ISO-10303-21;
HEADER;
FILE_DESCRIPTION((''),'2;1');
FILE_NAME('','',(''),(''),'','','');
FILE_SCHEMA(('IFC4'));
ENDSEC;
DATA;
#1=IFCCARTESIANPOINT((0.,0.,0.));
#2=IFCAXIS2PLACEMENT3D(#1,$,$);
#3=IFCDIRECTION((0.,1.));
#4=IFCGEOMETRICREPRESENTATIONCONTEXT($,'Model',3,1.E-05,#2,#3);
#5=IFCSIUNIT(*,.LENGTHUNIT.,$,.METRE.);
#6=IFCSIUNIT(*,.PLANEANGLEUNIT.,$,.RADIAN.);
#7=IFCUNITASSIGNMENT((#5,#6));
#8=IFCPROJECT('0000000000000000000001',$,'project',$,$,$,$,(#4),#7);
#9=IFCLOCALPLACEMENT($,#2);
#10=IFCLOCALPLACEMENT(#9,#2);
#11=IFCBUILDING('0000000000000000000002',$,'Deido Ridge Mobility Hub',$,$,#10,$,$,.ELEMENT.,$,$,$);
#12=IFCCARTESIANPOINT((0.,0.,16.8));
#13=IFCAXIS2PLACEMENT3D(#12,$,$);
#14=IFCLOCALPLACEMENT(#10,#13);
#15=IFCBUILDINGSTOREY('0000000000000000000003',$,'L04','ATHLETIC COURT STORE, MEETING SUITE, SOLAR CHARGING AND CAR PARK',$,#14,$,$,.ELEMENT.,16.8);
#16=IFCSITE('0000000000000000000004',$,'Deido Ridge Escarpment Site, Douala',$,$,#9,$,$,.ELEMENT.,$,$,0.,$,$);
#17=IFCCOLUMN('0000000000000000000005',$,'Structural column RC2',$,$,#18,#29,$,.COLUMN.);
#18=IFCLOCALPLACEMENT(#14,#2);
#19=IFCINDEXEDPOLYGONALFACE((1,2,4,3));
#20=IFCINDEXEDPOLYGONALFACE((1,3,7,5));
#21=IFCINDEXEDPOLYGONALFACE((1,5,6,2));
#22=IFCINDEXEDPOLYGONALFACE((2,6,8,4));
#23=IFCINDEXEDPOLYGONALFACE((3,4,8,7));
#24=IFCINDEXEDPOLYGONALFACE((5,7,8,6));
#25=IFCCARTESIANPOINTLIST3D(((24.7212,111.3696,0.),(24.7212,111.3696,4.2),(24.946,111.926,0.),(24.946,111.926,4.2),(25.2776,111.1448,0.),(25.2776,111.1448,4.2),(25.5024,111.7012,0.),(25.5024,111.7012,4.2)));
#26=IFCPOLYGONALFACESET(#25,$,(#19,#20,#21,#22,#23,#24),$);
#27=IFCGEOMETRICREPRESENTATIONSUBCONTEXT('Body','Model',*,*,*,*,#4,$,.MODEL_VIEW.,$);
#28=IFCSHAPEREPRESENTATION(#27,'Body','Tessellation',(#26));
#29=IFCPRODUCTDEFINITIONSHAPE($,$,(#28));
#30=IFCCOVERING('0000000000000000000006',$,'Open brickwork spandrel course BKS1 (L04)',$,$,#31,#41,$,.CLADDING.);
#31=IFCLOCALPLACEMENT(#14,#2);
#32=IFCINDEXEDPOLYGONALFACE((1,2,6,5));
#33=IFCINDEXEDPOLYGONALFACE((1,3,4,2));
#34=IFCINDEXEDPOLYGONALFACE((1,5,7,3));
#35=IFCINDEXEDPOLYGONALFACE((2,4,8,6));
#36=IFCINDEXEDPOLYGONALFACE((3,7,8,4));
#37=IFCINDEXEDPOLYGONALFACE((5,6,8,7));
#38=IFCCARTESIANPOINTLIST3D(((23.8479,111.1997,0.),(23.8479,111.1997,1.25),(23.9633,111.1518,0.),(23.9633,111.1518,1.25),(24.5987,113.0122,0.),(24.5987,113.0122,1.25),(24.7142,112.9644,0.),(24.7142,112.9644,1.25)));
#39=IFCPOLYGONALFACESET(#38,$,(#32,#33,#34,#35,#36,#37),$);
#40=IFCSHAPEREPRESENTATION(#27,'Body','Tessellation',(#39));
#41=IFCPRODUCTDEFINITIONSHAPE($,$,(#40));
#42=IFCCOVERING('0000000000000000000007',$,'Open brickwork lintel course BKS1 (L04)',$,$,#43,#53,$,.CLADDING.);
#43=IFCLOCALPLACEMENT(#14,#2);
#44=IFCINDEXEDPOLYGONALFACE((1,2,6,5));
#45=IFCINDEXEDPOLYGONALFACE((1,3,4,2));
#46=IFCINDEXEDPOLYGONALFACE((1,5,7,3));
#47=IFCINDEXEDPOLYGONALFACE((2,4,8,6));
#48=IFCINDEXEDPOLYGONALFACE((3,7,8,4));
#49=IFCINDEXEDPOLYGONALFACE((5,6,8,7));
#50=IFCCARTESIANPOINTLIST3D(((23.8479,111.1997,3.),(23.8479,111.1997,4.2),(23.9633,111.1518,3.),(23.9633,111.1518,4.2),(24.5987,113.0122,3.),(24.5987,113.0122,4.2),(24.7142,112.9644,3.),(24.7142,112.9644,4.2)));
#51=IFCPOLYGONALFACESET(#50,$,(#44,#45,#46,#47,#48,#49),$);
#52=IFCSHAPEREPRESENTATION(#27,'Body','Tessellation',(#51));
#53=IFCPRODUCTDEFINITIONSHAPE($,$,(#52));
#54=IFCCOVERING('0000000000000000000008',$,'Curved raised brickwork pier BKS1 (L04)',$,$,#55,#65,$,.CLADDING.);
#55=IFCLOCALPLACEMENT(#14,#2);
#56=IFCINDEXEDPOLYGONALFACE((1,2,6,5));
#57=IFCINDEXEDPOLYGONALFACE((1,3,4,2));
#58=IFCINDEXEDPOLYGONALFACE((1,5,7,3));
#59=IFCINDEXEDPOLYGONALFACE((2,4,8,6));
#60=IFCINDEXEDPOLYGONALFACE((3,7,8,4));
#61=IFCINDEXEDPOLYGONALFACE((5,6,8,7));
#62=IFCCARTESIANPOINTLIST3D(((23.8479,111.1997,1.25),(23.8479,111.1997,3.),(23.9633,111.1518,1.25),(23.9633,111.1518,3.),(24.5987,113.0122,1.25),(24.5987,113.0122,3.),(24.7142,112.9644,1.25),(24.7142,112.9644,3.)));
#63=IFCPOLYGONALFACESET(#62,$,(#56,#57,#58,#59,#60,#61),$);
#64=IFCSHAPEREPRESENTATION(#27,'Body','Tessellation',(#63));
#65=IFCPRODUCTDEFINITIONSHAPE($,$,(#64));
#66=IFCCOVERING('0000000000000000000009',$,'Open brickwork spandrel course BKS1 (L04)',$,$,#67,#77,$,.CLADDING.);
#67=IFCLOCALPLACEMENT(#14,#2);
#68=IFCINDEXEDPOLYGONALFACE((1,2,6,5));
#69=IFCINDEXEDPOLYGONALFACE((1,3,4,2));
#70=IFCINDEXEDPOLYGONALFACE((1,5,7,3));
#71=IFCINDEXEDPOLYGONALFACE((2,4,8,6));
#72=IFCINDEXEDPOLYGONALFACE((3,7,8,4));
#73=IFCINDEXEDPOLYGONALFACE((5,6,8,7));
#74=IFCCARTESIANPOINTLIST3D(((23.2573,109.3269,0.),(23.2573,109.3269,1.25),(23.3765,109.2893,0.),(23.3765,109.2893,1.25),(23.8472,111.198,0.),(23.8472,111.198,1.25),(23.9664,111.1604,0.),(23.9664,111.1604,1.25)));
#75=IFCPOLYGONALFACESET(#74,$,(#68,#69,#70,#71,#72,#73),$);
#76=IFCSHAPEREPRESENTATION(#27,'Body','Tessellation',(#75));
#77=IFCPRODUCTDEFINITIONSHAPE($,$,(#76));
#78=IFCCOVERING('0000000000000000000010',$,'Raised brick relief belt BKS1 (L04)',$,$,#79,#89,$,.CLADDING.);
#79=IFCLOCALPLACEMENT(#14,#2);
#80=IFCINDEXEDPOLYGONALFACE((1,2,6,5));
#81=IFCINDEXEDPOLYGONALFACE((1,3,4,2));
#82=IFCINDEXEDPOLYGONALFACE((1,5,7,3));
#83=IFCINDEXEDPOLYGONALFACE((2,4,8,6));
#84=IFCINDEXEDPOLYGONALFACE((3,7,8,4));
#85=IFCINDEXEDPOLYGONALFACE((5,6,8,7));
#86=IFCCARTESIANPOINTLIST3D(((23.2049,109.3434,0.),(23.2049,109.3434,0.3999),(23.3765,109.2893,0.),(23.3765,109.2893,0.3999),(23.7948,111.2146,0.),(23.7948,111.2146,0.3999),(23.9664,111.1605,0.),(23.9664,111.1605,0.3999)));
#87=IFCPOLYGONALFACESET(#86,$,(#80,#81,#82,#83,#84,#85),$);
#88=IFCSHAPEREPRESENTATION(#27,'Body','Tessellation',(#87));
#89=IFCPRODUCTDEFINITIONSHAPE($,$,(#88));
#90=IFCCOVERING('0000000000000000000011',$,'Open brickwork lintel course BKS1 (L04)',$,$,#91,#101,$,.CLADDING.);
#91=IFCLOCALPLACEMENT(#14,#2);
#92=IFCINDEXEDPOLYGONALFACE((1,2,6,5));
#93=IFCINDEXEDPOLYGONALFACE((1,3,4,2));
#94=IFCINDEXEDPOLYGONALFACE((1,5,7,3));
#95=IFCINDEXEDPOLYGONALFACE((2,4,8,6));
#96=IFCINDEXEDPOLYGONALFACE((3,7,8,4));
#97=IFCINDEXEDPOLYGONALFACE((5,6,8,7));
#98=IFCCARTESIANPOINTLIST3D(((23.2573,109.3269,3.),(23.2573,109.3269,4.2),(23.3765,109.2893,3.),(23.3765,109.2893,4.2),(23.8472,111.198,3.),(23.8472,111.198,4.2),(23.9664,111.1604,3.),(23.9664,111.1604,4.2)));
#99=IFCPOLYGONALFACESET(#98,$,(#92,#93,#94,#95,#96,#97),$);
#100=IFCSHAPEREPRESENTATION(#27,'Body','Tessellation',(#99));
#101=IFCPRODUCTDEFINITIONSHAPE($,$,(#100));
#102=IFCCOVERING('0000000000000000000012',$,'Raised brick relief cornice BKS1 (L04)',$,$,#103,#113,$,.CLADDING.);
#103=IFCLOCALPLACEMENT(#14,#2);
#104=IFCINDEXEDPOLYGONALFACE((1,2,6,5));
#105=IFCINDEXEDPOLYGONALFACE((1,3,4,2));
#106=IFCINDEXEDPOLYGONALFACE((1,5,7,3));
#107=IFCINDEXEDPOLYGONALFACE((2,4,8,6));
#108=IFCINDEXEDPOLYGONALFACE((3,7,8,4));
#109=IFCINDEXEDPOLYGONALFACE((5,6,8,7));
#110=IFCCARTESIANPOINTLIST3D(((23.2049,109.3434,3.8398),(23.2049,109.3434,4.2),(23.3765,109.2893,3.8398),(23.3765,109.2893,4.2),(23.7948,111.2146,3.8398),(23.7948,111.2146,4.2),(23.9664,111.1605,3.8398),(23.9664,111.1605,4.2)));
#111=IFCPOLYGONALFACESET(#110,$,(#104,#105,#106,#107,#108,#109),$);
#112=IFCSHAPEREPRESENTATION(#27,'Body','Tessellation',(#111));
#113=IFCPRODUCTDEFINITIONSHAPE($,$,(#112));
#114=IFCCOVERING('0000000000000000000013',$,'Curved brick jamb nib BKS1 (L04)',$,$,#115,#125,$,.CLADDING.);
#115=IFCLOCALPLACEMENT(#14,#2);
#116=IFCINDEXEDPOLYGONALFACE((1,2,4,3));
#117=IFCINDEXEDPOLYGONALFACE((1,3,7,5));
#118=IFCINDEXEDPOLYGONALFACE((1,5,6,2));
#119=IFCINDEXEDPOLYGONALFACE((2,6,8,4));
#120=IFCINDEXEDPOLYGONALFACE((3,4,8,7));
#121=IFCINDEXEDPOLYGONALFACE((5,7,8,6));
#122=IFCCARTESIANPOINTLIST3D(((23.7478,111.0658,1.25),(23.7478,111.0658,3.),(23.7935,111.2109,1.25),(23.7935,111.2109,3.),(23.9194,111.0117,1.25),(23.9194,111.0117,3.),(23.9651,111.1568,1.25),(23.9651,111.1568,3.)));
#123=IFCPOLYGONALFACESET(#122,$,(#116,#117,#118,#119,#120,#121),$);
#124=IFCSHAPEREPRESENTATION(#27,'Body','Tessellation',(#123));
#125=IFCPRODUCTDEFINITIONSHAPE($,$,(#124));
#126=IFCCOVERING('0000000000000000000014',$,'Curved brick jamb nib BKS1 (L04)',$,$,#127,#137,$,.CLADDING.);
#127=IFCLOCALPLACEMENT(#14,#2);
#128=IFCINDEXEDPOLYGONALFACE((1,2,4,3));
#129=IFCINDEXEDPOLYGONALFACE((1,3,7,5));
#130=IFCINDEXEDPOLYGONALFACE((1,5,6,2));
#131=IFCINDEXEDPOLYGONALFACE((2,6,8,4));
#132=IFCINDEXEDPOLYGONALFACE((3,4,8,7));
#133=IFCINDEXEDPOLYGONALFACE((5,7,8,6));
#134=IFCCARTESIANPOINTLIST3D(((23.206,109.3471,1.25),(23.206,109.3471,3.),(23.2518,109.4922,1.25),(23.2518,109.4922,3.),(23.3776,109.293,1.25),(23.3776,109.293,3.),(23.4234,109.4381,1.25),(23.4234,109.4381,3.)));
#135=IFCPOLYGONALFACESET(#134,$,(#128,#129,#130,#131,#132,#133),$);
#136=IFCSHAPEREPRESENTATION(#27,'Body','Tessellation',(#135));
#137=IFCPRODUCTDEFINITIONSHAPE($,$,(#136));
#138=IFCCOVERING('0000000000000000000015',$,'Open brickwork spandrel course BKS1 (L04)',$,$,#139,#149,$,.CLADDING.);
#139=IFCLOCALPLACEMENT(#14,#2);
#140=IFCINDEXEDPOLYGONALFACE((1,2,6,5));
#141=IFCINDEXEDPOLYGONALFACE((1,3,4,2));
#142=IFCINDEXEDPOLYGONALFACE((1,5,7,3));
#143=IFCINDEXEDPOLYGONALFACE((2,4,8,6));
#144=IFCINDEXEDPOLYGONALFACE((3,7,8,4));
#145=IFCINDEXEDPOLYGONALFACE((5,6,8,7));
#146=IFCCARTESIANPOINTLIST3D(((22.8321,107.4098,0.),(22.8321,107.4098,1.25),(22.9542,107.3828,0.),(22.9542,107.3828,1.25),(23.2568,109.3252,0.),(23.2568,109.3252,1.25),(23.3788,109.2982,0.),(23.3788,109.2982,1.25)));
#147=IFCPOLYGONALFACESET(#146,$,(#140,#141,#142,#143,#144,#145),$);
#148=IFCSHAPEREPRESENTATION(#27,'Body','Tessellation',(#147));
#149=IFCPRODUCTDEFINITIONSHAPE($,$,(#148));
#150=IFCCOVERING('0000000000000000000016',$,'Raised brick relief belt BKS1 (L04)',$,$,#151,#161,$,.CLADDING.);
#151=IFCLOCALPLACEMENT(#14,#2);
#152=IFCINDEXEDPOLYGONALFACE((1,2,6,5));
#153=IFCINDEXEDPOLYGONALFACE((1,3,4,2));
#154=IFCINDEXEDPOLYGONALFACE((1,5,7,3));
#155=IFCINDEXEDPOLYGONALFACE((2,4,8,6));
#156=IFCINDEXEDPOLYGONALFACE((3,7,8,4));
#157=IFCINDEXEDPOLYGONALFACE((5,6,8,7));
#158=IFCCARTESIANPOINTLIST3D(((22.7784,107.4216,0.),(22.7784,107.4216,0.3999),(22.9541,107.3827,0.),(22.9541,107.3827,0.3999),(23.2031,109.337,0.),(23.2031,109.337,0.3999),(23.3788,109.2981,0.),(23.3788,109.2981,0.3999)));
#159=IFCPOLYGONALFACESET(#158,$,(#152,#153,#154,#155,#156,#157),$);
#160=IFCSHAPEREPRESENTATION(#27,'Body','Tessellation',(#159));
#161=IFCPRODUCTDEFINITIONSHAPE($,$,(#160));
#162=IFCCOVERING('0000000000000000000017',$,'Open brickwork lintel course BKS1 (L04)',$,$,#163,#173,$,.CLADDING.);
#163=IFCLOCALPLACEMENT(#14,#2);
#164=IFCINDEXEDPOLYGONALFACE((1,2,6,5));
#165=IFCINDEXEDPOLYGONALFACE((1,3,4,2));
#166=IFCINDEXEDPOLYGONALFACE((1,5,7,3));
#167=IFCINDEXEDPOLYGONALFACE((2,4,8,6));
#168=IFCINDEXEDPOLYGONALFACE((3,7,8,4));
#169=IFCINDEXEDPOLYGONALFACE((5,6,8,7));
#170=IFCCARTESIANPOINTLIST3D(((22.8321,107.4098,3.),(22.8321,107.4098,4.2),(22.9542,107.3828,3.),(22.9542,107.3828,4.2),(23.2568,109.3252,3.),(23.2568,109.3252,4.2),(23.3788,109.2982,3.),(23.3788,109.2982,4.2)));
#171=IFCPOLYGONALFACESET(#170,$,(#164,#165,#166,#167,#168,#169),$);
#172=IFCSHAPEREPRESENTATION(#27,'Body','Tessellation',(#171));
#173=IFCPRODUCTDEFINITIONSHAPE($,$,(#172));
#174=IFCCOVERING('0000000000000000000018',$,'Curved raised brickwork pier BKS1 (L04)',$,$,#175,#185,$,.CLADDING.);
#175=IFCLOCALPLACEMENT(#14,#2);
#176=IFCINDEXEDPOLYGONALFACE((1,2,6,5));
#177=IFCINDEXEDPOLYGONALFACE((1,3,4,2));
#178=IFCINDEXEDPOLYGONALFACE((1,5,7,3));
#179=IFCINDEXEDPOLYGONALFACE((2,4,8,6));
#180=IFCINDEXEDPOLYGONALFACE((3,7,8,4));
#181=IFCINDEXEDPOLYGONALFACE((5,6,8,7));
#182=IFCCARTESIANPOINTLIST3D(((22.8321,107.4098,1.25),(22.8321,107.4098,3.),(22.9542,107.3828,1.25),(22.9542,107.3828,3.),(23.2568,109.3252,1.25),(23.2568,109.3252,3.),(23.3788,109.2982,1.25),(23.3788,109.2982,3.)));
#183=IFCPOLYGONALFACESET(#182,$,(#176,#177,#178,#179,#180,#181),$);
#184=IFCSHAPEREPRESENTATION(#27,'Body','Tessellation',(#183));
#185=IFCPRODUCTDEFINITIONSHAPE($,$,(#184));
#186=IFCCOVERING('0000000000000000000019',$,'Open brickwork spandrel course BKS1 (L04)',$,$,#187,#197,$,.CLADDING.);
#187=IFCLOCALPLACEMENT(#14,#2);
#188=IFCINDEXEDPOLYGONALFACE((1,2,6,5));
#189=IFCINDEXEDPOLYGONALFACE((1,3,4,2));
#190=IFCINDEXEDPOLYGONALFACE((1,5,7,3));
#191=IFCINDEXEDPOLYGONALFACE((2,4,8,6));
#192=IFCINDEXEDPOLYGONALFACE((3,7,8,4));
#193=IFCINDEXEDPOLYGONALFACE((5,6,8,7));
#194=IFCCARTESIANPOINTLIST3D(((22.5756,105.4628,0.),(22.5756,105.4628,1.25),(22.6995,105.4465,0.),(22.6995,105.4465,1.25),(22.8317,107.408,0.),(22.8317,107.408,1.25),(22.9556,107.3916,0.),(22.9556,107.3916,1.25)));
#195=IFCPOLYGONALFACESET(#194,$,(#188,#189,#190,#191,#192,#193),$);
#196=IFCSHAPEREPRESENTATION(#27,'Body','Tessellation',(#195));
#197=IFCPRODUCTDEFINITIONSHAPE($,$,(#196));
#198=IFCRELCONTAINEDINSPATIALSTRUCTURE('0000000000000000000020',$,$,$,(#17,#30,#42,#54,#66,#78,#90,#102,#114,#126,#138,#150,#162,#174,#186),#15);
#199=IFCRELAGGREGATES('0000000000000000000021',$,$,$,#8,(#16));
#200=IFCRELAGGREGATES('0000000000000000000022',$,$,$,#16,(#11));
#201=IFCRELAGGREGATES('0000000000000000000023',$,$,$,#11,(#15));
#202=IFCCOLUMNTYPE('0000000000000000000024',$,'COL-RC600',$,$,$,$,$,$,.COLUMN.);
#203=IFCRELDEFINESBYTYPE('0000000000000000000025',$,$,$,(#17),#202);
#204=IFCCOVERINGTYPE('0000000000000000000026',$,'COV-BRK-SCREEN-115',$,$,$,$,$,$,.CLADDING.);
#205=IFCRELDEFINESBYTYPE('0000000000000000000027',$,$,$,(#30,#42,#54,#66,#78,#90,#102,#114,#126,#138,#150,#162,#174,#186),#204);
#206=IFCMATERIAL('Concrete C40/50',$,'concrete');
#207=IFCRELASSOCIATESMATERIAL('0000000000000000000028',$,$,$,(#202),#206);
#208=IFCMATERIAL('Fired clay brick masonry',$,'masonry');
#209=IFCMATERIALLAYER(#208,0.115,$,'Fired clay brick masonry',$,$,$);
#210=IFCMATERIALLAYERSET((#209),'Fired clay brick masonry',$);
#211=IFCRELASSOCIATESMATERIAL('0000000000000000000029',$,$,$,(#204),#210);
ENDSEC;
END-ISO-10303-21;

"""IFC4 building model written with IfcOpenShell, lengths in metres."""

from ifc_helpers import new_model, si_unit, direction, frame, origin, origin_2d, place, context, subcontext, project, spatial, rectangle, extrude, material, layer, layer_set, material_profile, profile_set, type_object, element, save


model = new_model("IFC4")

# Units and contexts
model_context = context("Model", 3, precision=1e-05, world=origin(), true_north=direction((0.0, 1.0)))
body_context = subcontext(model_context, "Body", "Model", "MODEL_VIEW")
ifc_project = project(units=[si_unit("LENGTHUNIT", "METRE"), si_unit("PLANEANGLEUNIT", "RADIAN")], contexts=[model_context])

# Site, building, storey
site_placement = place(None, origin())
site = spatial("IfcSite", under=ifc_project, at=site_placement, Name="Deido Ridge Escarpment Site, Douala", CompositionType="ELEMENT", RefElevation=0.0)
building_placement = place(site_placement, origin())
building = spatial("IfcBuilding", under=site, at=building_placement, Name="Deido Ridge Mobility Hub", CompositionType="ELEMENT")
storey_placement = place(building_placement, frame((0.0, 0.0, 16.8)))
storey = spatial("IfcBuildingStorey", under=building, at=storey_placement, Name="L04", Description="ATHLETIC COURT STORE, MEETING SUITE, SOLAR CHARGING AND CAR PARK", CompositionType="ELEMENT", Elevation=16.8)

# Column
ifc_material_1 = material(Name="Concrete C40/50", Category="concrete")
ifc_material_profile = material_profile(ifc_material_1, rectangle(XDim=0.6001, YDim=0.6001, at=origin_2d()), Name="RC COL 600x600")
ifc_profile_set = profile_set([ifc_material_profile], Name="Concrete C40/50")
column_type = type_object("IfcColumnType", Name="COL-RC600", PredefinedType="COLUMN", material=ifc_profile_set)
column_placement = place(storey_placement, frame((25.1118, 111.5354, 0.0), z_axis=(0.0, 0.0, 1.0), x_axis=(-0.927184, 0.374607, 0.0)))
element("IfcColumn", 1, at=column_placement, inside=storey, type_object=column_type, Name="Structural column RC2", PredefinedType="COLUMN", context=body_context, shape_type="SweptSolid", body=[
    extrude(rectangle(XDim=0.6001, YDim=0.6001, at=origin_2d()), origin(), (0.0, 0.0, 1.0), 4.2),
])

# Coverings
ifc_material_2 = material(Name="Fired clay brick masonry", Category="masonry")
ifc_layer = layer(ifc_material_2, 0.115, Name="Fired clay brick masonry")
ifc_layer_set = layer_set([ifc_layer], Name="Fired clay brick masonry")
covering_type = type_object("IfcCoveringType", Name="COV-BRK-SCREEN-115", PredefinedType="CLADDING", material=ifc_layer_set)
covering_1_placement = place(storey_placement, frame((24.281, 112.082, 0.0), z_axis=(0.0, 0.0, 1.0), x_axis=(-0.3827, -0.923873, 0.0)))
element("IfcCovering", 2, at=covering_1_placement, inside=storey, type_object=covering_type, Name="Open brickwork spandrel course BKS1 (L04)", PredefinedType="CLADDING", context=body_context, shape_type="SweptSolid", body=[
    extrude(rectangle(XDim=1.9619, YDim=0.125, at=origin_2d()), origin(), (0.0, 0.0, 1.0), 1.25),
])
covering_2_placement = place(storey_placement, frame((24.281, 112.082, 3.0), z_axis=(0.0, 0.0, 1.0), x_axis=(-0.3827, -0.923873, 0.0)))
element("IfcCovering", 3, at=covering_2_placement, inside=storey, type_object=covering_type, Name="Open brickwork lintel course BKS1 (L04)", PredefinedType="CLADDING", context=body_context, shape_type="SweptSolid", body=[
    extrude(rectangle(XDim=1.9619, YDim=0.125, at=origin_2d()), origin(), (0.0, 0.0, 1.0), 1.2),
])
covering_3_placement = place(storey_placement, frame((24.281, 112.082, 1.25), z_axis=(0.0, 0.0, 1.0), x_axis=(-0.3827, -0.923873, 0.0)))
element("IfcCovering", 4, at=covering_3_placement, inside=storey, type_object=covering_type, Name="Curved raised brickwork pier BKS1 (L04)", PredefinedType="CLADDING", context=body_context, shape_type="SweptSolid", body=[
    extrude(rectangle(XDim=1.9619, YDim=0.125, at=origin_2d()), origin(), (0.0, 0.0, 1.0), 1.75),
])
covering_4_placement = place(storey_placement, frame((23.6118, 110.2437, 0.0), z_axis=(0.0, 0.0, 1.0), x_axis=(-0.300673, -0.953727, 0.0)))
element("IfcCovering", 5, at=covering_4_placement, inside=storey, type_object=covering_type, Name="Open brickwork spandrel course BKS1 (L04)", PredefinedType="CLADDING", context=body_context, shape_type="SweptSolid", body=[
    extrude(rectangle(XDim=1.9619, YDim=0.125, at=origin_2d()), origin(), (0.0, 0.0, 1.0), 1.25),
])
covering_5_placement = place(storey_placement, frame((23.5857, 110.252, 0.0), z_axis=(0.0, 0.0, 1.0), x_axis=(-0.300673, -0.953727, 0.0)))
element("IfcCovering", 6, at=covering_5_placement, inside=storey, type_object=covering_type, Name="Raised brick relief belt BKS1 (L04)", PredefinedType="CLADDING", context=body_context, shape_type="SweptSolid", body=[
    extrude(rectangle(XDim=1.9619, YDim=0.1799, at=origin_2d()), origin(), (0.0, 0.0, 1.0), 0.3999),
])
covering_6_placement = place(storey_placement, frame((23.6118, 110.2437, 3.0), z_axis=(0.0, 0.0, 1.0), x_axis=(-0.300673, -0.953727, 0.0)))
element("IfcCovering", 7, at=covering_6_placement, inside=storey, type_object=covering_type, Name="Open brickwork lintel course BKS1 (L04)", PredefinedType="CLADDING", context=body_context, shape_type="SweptSolid", body=[
    extrude(rectangle(XDim=1.9619, YDim=0.125, at=origin_2d()), origin(), (0.0, 0.0, 1.0), 1.2),
])
covering_7_placement = place(storey_placement, frame((23.5857, 110.252, 3.8398), z_axis=(0.0, 0.0, 1.0), x_axis=(-0.300673, -0.953727, 0.0)))
element("IfcCovering", 8, at=covering_7_placement, inside=storey, type_object=covering_type, Name="Raised brick relief cornice BKS1 (L04)", PredefinedType="CLADDING", context=body_context, shape_type="SweptSolid", body=[
    extrude(rectangle(XDim=1.9619, YDim=0.1799, at=origin_2d()), origin(), (0.0, 0.0, 1.0), 0.3601),
])
for number, where, z_axis, x_axis, name in (
    (9, (23.8564, 111.1113, 1.25), (0.0, 0.0, 1.0), (-0.300673, -0.953727, 0.0), "Curved brick jamb nib BKS1 (L04)"),
    (10, (23.3147, 109.3926, 1.25), (0.0, 0.0, 1.0), (-0.300673, -0.953727, 0.0), "Curved brick jamb nib BKS1 (L04)"),
):
    element("IfcCovering", number, at=place(storey_placement, frame(where, z_axis=z_axis, x_axis=x_axis)), inside=storey, type_object=covering_type, Name=name, PredefinedType="CLADDING", context=body_context, shape_type="SweptSolid", body=[
        extrude(rectangle(XDim=0.1521, YDim=0.1799, at=origin_2d()), origin(), (0.0, 0.0, 1.0), 1.75),
    ])
covering_8_placement = place(storey_placement, frame((23.1055, 108.354, 0.0), z_axis=(0.0, 0.0, 1.0), x_axis=(-0.216457, -0.976292, 0.0)))
element("IfcCovering", 11, at=covering_8_placement, inside=storey, type_object=covering_type, Name="Open brickwork spandrel course BKS1 (L04)", PredefinedType="CLADDING", context=body_context, shape_type="SweptSolid", body=[
    extrude(rectangle(XDim=1.9619, YDim=0.125, at=origin_2d()), origin(), (0.0, 0.0, 1.0), 1.25),
])
covering_9_placement = place(storey_placement, frame((23.0786, 108.3599, 0.0), z_axis=(0.0, 0.0, 1.0), x_axis=(-0.216457, -0.976292, 0.0)))
element("IfcCovering", 12, at=covering_9_placement, inside=storey, type_object=covering_type, Name="Raised brick relief belt BKS1 (L04)", PredefinedType="CLADDING", context=body_context, shape_type="SweptSolid", body=[
    extrude(rectangle(XDim=1.9619, YDim=0.1799, at=origin_2d()), origin(), (0.0, 0.0, 1.0), 0.3999),
])
covering_10_placement = place(storey_placement, frame((23.1055, 108.354, 3.0), z_axis=(0.0, 0.0, 1.0), x_axis=(-0.216457, -0.976292, 0.0)))
element("IfcCovering", 13, at=covering_10_placement, inside=storey, type_object=covering_type, Name="Open brickwork lintel course BKS1 (L04)", PredefinedType="CLADDING", context=body_context, shape_type="SweptSolid", body=[
    extrude(rectangle(XDim=1.9619, YDim=0.125, at=origin_2d()), origin(), (0.0, 0.0, 1.0), 1.2),
])
covering_11_placement = place(storey_placement, frame((23.1055, 108.354, 1.25), z_axis=(0.0, 0.0, 1.0), x_axis=(-0.216457, -0.976292, 0.0)))
element("IfcCovering", 14, at=covering_11_placement, inside=storey, type_object=covering_type, Name="Curved raised brickwork pier BKS1 (L04)", PredefinedType="CLADDING", context=body_context, shape_type="SweptSolid", body=[
    extrude(rectangle(XDim=1.9619, YDim=0.125, at=origin_2d()), origin(), (0.0, 0.0, 1.0), 1.75),
])
covering_12_placement = place(storey_placement, frame((22.7656, 106.4272, 0.0), z_axis=(0.0, 0.0, 1.0), x_axis=(-0.130543, -0.991443, 0.0)))
element("IfcCovering", 15, at=covering_12_placement, inside=storey, type_object=covering_type, Name="Open brickwork spandrel course BKS1 (L04)", PredefinedType="CLADDING", context=body_context, shape_type="SweptSolid", body=[
    extrude(rectangle(XDim=1.9619, YDim=0.125, at=origin_2d()), origin(), (0.0, 0.0, 1.0), 1.25),
])

save(model, "model.ifc")
